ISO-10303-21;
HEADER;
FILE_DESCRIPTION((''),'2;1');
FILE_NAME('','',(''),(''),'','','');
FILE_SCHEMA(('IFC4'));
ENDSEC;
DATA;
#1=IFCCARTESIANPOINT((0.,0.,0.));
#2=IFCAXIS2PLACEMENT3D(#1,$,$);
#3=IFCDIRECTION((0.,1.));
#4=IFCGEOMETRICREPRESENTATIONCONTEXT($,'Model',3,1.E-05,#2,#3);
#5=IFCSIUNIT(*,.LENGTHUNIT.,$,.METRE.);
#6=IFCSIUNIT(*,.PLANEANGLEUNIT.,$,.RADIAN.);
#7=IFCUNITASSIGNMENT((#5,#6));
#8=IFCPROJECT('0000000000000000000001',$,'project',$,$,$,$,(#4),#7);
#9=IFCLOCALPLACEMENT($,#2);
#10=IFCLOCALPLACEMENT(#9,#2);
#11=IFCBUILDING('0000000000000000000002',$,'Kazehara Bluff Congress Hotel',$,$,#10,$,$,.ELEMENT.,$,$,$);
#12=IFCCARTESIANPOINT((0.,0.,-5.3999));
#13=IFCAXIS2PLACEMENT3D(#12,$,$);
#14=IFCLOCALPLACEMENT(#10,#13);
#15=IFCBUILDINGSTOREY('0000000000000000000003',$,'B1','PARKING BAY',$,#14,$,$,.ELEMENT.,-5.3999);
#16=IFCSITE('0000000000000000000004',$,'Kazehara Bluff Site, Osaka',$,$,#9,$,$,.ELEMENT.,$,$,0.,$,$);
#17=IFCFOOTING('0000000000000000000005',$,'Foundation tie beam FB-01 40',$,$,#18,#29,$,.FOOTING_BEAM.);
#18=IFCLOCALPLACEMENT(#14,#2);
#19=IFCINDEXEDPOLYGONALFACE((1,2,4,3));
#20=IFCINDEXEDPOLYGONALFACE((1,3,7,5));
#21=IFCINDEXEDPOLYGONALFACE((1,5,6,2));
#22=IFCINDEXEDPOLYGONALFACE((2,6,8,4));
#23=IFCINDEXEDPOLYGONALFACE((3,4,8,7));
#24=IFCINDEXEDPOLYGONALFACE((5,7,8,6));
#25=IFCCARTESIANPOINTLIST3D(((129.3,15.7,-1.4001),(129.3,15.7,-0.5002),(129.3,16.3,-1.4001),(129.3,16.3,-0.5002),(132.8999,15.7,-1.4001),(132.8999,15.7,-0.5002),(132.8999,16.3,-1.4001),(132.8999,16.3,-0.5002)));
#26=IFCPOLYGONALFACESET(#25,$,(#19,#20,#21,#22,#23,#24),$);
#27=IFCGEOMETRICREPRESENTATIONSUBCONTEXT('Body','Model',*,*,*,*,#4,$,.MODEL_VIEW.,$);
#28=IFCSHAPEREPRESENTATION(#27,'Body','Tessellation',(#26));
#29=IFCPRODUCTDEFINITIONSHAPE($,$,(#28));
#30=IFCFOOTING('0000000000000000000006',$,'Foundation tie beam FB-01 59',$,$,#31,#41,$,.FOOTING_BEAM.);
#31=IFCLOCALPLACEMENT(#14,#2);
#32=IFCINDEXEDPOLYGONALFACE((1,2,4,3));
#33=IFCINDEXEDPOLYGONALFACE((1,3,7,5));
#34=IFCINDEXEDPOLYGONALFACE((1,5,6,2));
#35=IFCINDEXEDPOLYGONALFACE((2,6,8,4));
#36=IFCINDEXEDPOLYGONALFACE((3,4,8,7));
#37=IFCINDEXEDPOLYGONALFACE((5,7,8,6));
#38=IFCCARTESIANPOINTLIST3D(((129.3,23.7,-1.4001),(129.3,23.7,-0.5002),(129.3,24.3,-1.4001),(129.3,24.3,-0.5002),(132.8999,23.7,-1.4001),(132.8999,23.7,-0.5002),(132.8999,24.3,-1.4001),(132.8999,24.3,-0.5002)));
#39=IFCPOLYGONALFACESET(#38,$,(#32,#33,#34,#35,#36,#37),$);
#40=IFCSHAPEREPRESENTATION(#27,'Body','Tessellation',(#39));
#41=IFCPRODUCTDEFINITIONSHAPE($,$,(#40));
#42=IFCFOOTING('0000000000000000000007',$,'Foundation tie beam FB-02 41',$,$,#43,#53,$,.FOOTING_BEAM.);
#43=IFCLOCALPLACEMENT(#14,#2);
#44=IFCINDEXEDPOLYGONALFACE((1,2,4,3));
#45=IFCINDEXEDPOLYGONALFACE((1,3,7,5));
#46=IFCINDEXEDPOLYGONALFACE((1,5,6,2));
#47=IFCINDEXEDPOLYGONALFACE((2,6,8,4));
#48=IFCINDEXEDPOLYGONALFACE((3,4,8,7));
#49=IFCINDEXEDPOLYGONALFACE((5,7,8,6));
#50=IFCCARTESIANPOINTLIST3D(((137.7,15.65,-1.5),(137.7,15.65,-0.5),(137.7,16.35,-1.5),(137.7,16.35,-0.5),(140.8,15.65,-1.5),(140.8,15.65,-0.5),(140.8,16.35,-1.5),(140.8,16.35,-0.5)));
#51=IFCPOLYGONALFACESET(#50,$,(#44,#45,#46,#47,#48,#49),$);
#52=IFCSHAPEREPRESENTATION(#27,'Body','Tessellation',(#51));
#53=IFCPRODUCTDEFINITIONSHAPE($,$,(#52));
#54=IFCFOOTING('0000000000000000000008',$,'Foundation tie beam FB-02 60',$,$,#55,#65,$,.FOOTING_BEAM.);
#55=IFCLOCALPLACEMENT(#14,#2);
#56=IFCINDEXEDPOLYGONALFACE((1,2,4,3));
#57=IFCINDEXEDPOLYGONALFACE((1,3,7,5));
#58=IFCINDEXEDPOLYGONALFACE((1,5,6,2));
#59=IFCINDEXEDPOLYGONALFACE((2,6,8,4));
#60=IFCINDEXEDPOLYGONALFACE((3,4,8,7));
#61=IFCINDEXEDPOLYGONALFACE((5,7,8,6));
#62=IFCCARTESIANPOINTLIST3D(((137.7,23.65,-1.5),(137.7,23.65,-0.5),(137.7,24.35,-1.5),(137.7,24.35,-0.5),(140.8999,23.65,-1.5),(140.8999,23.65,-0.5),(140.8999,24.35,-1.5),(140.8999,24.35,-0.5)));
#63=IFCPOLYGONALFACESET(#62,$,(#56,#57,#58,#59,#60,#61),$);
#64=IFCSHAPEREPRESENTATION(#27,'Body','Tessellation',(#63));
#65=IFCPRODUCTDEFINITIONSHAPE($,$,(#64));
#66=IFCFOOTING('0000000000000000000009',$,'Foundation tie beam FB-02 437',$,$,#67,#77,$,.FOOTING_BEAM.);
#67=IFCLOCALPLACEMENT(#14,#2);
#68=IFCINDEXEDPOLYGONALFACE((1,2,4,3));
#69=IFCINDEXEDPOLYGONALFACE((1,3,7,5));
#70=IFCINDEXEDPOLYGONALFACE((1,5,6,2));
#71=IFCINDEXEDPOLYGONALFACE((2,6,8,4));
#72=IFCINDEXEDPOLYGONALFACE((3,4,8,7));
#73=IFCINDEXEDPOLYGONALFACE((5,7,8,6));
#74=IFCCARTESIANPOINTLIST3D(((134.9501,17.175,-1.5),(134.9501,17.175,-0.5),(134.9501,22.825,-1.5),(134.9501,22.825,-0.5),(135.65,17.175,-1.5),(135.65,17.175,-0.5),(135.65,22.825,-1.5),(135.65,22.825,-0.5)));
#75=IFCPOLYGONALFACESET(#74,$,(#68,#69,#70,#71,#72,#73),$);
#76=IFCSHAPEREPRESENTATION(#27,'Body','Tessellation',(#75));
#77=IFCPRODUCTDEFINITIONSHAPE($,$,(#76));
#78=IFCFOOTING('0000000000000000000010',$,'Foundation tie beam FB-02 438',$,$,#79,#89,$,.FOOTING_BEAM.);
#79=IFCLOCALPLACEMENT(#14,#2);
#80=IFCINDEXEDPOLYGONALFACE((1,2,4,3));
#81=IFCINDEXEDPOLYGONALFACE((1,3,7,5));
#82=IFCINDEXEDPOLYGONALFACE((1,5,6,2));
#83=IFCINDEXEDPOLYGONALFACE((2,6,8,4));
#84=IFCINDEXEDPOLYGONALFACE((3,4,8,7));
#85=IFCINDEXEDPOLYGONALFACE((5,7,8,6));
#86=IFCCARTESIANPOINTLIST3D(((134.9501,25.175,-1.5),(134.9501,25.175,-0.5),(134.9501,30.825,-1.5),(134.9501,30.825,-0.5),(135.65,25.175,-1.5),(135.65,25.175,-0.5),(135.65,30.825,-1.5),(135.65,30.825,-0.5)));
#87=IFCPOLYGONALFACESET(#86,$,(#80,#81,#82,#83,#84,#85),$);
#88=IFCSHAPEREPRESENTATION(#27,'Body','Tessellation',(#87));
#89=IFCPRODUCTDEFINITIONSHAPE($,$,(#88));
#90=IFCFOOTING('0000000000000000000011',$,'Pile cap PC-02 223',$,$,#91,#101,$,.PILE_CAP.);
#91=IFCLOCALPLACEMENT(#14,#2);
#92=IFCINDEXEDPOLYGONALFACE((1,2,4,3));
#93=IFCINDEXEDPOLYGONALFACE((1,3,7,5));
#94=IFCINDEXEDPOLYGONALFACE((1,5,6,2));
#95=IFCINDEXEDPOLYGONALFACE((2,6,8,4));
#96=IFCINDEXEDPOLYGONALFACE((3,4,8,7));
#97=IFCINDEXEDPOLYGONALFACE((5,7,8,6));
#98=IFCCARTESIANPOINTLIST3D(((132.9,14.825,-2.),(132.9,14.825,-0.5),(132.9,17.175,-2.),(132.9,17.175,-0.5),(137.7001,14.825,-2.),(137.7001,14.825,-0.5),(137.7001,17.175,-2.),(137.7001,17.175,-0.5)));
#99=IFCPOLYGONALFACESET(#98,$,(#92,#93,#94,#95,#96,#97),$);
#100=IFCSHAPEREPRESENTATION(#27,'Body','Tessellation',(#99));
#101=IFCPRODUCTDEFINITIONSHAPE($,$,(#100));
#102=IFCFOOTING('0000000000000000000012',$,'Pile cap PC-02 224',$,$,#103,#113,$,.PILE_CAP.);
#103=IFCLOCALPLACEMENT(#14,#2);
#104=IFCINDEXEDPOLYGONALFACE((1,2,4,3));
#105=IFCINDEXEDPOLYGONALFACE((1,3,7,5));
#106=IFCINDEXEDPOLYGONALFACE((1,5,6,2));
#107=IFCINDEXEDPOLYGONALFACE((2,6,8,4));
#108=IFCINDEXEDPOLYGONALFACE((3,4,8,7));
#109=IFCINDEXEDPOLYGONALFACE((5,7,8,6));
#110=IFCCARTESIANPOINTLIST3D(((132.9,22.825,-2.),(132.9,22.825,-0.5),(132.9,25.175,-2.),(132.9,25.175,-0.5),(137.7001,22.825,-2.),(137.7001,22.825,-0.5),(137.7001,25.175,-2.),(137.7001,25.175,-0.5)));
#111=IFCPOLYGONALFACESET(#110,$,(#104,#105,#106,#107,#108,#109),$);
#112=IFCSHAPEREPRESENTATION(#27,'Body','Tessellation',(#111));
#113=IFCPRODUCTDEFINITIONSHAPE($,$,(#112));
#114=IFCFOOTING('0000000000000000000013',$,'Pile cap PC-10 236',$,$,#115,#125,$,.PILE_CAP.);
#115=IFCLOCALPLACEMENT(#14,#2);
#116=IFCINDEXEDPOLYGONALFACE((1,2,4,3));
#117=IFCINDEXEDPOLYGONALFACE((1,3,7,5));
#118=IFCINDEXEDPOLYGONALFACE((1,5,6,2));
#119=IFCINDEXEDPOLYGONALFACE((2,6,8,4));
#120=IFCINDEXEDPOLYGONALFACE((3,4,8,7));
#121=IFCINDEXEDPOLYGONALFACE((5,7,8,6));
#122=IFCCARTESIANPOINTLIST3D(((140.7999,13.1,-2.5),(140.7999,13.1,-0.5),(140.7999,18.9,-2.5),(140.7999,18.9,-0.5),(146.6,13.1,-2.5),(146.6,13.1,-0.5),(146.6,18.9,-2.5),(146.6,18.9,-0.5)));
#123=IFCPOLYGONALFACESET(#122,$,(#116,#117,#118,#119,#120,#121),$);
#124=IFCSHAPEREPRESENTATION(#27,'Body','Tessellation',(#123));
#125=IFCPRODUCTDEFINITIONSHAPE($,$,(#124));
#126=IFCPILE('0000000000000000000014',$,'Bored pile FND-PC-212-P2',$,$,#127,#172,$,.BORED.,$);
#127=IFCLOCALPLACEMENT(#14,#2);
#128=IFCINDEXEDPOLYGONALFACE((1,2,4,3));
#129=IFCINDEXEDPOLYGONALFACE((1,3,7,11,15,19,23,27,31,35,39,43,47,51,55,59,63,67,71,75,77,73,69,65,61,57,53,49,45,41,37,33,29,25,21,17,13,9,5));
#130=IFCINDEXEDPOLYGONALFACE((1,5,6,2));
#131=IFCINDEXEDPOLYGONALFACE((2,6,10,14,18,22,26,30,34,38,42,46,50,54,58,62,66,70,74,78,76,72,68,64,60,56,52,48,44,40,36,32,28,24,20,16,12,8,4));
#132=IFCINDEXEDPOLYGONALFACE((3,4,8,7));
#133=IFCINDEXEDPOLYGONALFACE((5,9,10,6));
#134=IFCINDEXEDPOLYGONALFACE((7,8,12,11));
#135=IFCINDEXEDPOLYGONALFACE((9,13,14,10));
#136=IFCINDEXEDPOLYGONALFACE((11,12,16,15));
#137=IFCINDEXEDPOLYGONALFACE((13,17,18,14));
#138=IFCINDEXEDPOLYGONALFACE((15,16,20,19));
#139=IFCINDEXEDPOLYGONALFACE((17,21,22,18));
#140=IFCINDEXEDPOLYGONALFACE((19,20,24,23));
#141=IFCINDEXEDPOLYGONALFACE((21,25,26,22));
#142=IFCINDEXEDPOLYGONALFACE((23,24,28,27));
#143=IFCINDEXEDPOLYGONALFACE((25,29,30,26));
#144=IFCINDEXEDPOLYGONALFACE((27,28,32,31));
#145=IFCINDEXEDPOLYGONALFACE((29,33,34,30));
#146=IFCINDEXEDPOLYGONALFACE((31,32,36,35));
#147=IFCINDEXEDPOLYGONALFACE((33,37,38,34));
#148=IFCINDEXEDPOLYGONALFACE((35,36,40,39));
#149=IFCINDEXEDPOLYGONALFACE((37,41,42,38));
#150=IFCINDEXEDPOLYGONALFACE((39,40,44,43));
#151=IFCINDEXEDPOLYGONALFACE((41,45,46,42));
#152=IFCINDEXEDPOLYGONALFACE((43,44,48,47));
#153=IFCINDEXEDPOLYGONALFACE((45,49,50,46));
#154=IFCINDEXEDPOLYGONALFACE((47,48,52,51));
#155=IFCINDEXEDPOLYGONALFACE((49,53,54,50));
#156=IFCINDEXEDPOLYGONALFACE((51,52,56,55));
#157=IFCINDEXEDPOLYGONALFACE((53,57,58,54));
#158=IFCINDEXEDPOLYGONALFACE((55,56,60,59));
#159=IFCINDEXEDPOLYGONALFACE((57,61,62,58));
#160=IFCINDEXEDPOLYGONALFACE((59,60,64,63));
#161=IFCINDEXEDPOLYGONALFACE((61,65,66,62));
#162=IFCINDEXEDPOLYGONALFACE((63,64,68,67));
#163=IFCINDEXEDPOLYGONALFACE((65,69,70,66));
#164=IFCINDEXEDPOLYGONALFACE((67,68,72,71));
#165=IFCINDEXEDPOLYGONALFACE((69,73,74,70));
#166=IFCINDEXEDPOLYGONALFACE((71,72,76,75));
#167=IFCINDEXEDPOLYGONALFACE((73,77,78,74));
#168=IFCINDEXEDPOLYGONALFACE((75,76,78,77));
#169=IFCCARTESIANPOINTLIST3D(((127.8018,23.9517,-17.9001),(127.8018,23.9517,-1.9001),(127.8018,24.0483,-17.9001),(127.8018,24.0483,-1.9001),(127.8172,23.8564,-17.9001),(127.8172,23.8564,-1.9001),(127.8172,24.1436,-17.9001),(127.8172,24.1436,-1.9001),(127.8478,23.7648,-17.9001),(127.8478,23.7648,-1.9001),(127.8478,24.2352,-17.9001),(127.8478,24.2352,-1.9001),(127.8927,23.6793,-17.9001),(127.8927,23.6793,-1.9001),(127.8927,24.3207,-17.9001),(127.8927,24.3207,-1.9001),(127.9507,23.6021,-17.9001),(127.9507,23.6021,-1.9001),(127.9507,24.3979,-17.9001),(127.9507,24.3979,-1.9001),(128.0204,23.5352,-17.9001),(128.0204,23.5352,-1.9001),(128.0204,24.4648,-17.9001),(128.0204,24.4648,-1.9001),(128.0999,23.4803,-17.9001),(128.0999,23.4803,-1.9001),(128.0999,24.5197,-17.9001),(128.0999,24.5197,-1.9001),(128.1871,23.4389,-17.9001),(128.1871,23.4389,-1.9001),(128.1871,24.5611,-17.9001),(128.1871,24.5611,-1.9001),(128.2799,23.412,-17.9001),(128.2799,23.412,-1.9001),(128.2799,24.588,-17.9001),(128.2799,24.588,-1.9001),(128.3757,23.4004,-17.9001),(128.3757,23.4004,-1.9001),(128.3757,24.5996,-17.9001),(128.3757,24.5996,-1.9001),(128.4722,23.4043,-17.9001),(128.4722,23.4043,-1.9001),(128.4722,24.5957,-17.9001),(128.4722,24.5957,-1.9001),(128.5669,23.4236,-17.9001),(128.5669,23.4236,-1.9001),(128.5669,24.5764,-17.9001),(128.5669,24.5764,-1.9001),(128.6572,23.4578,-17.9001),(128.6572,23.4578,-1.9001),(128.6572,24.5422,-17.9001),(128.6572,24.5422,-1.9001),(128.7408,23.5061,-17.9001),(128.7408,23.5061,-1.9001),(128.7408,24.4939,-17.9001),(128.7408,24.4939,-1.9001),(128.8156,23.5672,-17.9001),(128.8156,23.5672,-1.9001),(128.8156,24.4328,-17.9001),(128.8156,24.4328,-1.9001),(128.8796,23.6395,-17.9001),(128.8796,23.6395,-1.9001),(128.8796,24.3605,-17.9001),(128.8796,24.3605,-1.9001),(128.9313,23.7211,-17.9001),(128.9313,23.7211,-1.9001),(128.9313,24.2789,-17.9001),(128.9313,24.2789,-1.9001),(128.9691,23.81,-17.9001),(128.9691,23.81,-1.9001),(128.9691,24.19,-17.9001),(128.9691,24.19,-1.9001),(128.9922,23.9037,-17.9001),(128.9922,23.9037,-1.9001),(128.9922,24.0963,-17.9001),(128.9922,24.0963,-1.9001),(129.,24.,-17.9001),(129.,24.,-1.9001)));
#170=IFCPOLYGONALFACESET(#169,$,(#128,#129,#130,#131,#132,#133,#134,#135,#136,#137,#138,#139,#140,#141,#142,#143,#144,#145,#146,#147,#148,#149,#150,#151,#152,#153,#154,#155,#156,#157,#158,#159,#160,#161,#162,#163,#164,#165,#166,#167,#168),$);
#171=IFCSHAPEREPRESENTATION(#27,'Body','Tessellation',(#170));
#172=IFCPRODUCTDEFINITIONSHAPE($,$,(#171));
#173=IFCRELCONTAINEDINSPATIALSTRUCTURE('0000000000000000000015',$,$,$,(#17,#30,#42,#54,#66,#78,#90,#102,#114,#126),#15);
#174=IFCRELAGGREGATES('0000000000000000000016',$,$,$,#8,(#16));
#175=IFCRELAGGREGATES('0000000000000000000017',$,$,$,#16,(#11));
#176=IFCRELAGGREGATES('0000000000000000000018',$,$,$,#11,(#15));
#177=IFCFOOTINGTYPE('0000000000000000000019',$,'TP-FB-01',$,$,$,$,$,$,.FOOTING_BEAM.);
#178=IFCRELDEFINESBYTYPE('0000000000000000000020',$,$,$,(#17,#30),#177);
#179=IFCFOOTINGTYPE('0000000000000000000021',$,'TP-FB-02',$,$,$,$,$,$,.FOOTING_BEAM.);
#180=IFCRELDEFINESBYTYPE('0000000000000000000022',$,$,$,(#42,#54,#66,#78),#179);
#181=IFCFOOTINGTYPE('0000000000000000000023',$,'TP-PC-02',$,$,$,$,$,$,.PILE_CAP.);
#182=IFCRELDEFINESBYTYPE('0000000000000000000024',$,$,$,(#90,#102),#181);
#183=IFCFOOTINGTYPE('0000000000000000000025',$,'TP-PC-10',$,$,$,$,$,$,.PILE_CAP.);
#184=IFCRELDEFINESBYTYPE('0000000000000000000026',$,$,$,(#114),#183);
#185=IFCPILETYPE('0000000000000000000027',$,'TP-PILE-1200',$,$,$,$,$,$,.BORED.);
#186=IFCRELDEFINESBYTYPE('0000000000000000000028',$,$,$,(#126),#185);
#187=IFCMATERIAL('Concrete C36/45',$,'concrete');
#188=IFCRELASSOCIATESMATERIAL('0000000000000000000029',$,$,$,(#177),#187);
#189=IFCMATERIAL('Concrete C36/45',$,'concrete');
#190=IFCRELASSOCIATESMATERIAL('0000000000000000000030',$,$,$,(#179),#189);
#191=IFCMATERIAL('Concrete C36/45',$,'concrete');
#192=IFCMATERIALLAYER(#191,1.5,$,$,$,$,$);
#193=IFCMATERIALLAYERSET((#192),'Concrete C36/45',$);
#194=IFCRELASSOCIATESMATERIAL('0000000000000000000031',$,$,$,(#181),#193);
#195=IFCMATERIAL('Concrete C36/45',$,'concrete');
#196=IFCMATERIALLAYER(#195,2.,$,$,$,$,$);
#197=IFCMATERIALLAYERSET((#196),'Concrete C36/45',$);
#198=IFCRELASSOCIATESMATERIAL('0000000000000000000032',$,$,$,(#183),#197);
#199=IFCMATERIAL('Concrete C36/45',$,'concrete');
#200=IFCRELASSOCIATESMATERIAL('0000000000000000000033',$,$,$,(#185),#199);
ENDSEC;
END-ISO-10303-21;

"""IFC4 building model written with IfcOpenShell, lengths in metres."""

from ifc_helpers import new_model, si_unit, direction, frame, origin, origin_2d, place, context, subcontext, project, spatial, rectangle, circle, extrude, material, layer, layer_set, material_profile, profile_set, type_object, element, save


model = new_model("IFC4")

# Units and contexts
model_context = context("Model", 3, precision=1e-05, world=origin(), true_north=direction((0.0, 1.0)))
body_context = subcontext(model_context, "Body", "Model", "MODEL_VIEW")
ifc_project = project(units=[si_unit("LENGTHUNIT", "METRE"), si_unit("PLANEANGLEUNIT", "RADIAN")], contexts=[model_context])

# Site, building, storey
site_placement = place(None, origin())
site = spatial("IfcSite", under=ifc_project, at=site_placement, Name="Kazehara Bluff Site, Osaka", CompositionType="ELEMENT", RefElevation=0.0)
building_placement = place(site_placement, origin())
building = spatial("IfcBuilding", under=site, at=building_placement, Name="Kazehara Bluff Congress Hotel", CompositionType="ELEMENT")
storey_placement = place(building_placement, frame((0.0, 0.0, -5.3999)))
storey = spatial("IfcBuildingStorey", under=building, at=storey_placement, Name="B1", Description="PARKING BAY", CompositionType="ELEMENT", Elevation=-5.3999)

# Footings
ifc_material_1 = material(Name="Concrete C36/45", Category="concrete")
ifc_material_profile_1 = material_profile(ifc_material_1, rectangle(XDim=0.6001, YDim=0.8999, at=origin_2d()))
ifc_profile_set_1 = profile_set([ifc_material_profile_1], Name="Concrete C36/45")
footing_type_1 = type_object("IfcFootingType", Name="TP-FB-01", PredefinedType="FOOTING_BEAM", material=ifc_profile_set_1)
for number, where, z_axis, x_axis, name in (
    (1, (129.3, 16.0, -0.9502), (1.0, 0.0, 0.0), (0.0, 1.0, 0.0), "Foundation tie beam FB-01 40"),
    (2, (129.3, 24.0, -0.9502), (1.0, 0.0, 0.0), (0.0, 1.0, 0.0), "Foundation tie beam FB-01 59"),
):
    element("IfcFooting", number, at=place(storey_placement, frame(where, z_axis=z_axis, x_axis=x_axis)), inside=storey, type_object=footing_type_1, Name=name, PredefinedType="FOOTING_BEAM", context=body_context, shape_type="SweptSolid", body=[
        extrude(rectangle(XDim=0.6001, YDim=0.8999, at=origin_2d()), origin(), (0.0, 0.0, 1.0), 3.5999),
    ])
ifc_material_2 = material(Name="Concrete C36/45", Category="concrete")
ifc_material_profile_2 = material_profile(ifc_material_2, rectangle(XDim=0.7, YDim=1.0, at=origin_2d()))
ifc_profile_set_2 = profile_set([ifc_material_profile_2], Name="Concrete C36/45")
footing_type_2 = type_object("IfcFootingType", Name="TP-FB-02", PredefinedType="FOOTING_BEAM", material=ifc_profile_set_2)
footing_1_placement = place(storey_placement, frame((137.7, 16.0, -1.0), z_axis=(1.0, 0.0, 0.0), x_axis=(0.0, 1.0, 0.0)))
element("IfcFooting", 3, at=footing_1_placement, inside=storey, type_object=footing_type_2, Name="Foundation tie beam FB-02 41", PredefinedType="FOOTING_BEAM", context=body_context, shape_type="SweptSolid", body=[
    extrude(rectangle(XDim=0.7, YDim=1.0, at=origin_2d()), origin(), (0.0, 0.0, 1.0), 3.1001),
])
footing_2_placement = place(storey_placement, frame((137.7, 24.0, -1.0), z_axis=(1.0, 0.0, 0.0), x_axis=(0.0, 1.0, 0.0)))
element("IfcFooting", 4, at=footing_2_placement, inside=storey, type_object=footing_type_2, Name="Foundation tie beam FB-02 60", PredefinedType="FOOTING_BEAM", context=body_context, shape_type="SweptSolid", body=[
    extrude(rectangle(XDim=0.7, YDim=1.0, at=origin_2d()), origin(), (0.0, 0.0, 1.0), 3.2),
])
for number, where, z_axis, x_axis, name in (
    (5, (135.3, 17.175, -1.0), (0.0, 1.0, 0.0), (-1.0, 0.0, 0.0), "Foundation tie beam FB-02 437"),
    (6, (135.3, 25.175, -1.0), (0.0, 1.0, 0.0), (-1.0, 0.0, 0.0), "Foundation tie beam FB-02 438"),
):
    element("IfcFooting", number, at=place(storey_placement, frame(where, z_axis=z_axis, x_axis=x_axis)), inside=storey, type_object=footing_type_2, Name=name, PredefinedType="FOOTING_BEAM", context=body_context, shape_type="SweptSolid", body=[
        extrude(rectangle(XDim=0.7, YDim=1.0, at=origin_2d()), origin(), (0.0, 0.0, 1.0), 5.6499),
    ])
ifc_material_3 = material(Name="Concrete C36/45", Category="concrete")
ifc_layer_1 = layer(ifc_material_3, 1.5)
ifc_layer_set_1 = layer_set([ifc_layer_1], Name="Concrete C36/45")
footing_type_3 = type_object("IfcFootingType", Name="TP-PC-02", PredefinedType="PILE_CAP", material=ifc_layer_set_1)
for number, where, z_axis, x_axis, name in (
    (7, (135.3, 16.0, -2.0), (0.0, 0.0, 1.0), (1.0, 0.0, 0.0), "Pile cap PC-02 223"),
    (8, (135.3, 24.0, -2.0), (0.0, 0.0, 1.0), (1.0, 0.0, 0.0), "Pile cap PC-02 224"),
):
    element("IfcFooting", number, at=place(storey_placement, frame(where, z_axis=z_axis, x_axis=x_axis)), inside=storey, type_object=footing_type_3, Name=name, PredefinedType="PILE_CAP", context=body_context, shape_type="SweptSolid", body=[
        extrude(rectangle(XDim=4.8, YDim=2.3501, at=origin_2d()), origin(), (0.0, 0.0, 1.0), 1.5),
    ])
ifc_material_4 = material(Name="Concrete C36/45", Category="concrete")
ifc_layer_2 = layer(ifc_material_4, 2.0)
ifc_layer_set_2 = layer_set([ifc_layer_2], Name="Concrete C36/45")
footing_type_4 = type_object("IfcFootingType", Name="TP-PC-10", PredefinedType="PILE_CAP", material=ifc_layer_set_2)
footing_3_placement = place(storey_placement, frame((143.7, 16.0, -2.5), z_axis=(0.0, 0.0, 1.0), x_axis=(1.0, 0.0, 0.0)))
element("IfcFooting", 9, at=footing_3_placement, inside=storey, type_object=footing_type_4, Name="Pile cap PC-10 236", PredefinedType="PILE_CAP", context=body_context, shape_type="SweptSolid", body=[
    extrude(rectangle(XDim=5.8, YDim=5.8, at=origin_2d()), origin(), (0.0, 0.0, 1.0), 2.0),
])

# Pile
ifc_material_5 = material(Name="Concrete C36/45", Category="concrete")
ifc_material_profile_3 = material_profile(ifc_material_5, circle(Radius=0.6001, at=origin_2d()))
ifc_profile_set_3 = profile_set([ifc_material_profile_3], Name="Concrete C36/45")
pile_type_1 = type_object("IfcPileType", Name="TP-PILE-1200", PredefinedType="BORED", material=ifc_profile_set_3)
for number, where, z_axis, x_axis, name in (
    (10, (128.3999, 24.0, -1.9001), (0.0, 0.0, -1.0), (1.0, 0.0, 0.0), "Bored pile FND-PC-212-P2"),
):
    element("IfcPile", number, at=place(storey_placement, frame(where, z_axis=z_axis, x_axis=x_axis)), inside=storey, type_object=pile_type_1, Name=name, PredefinedType="BORED", context=body_context, shape_type="SweptSolid", body=[
        extrude(circle(Radius=0.6001, at=origin_2d()), origin(), (0.0, 0.0, 1.0), 16.0),
    ])

save(model, "model.ifc")
